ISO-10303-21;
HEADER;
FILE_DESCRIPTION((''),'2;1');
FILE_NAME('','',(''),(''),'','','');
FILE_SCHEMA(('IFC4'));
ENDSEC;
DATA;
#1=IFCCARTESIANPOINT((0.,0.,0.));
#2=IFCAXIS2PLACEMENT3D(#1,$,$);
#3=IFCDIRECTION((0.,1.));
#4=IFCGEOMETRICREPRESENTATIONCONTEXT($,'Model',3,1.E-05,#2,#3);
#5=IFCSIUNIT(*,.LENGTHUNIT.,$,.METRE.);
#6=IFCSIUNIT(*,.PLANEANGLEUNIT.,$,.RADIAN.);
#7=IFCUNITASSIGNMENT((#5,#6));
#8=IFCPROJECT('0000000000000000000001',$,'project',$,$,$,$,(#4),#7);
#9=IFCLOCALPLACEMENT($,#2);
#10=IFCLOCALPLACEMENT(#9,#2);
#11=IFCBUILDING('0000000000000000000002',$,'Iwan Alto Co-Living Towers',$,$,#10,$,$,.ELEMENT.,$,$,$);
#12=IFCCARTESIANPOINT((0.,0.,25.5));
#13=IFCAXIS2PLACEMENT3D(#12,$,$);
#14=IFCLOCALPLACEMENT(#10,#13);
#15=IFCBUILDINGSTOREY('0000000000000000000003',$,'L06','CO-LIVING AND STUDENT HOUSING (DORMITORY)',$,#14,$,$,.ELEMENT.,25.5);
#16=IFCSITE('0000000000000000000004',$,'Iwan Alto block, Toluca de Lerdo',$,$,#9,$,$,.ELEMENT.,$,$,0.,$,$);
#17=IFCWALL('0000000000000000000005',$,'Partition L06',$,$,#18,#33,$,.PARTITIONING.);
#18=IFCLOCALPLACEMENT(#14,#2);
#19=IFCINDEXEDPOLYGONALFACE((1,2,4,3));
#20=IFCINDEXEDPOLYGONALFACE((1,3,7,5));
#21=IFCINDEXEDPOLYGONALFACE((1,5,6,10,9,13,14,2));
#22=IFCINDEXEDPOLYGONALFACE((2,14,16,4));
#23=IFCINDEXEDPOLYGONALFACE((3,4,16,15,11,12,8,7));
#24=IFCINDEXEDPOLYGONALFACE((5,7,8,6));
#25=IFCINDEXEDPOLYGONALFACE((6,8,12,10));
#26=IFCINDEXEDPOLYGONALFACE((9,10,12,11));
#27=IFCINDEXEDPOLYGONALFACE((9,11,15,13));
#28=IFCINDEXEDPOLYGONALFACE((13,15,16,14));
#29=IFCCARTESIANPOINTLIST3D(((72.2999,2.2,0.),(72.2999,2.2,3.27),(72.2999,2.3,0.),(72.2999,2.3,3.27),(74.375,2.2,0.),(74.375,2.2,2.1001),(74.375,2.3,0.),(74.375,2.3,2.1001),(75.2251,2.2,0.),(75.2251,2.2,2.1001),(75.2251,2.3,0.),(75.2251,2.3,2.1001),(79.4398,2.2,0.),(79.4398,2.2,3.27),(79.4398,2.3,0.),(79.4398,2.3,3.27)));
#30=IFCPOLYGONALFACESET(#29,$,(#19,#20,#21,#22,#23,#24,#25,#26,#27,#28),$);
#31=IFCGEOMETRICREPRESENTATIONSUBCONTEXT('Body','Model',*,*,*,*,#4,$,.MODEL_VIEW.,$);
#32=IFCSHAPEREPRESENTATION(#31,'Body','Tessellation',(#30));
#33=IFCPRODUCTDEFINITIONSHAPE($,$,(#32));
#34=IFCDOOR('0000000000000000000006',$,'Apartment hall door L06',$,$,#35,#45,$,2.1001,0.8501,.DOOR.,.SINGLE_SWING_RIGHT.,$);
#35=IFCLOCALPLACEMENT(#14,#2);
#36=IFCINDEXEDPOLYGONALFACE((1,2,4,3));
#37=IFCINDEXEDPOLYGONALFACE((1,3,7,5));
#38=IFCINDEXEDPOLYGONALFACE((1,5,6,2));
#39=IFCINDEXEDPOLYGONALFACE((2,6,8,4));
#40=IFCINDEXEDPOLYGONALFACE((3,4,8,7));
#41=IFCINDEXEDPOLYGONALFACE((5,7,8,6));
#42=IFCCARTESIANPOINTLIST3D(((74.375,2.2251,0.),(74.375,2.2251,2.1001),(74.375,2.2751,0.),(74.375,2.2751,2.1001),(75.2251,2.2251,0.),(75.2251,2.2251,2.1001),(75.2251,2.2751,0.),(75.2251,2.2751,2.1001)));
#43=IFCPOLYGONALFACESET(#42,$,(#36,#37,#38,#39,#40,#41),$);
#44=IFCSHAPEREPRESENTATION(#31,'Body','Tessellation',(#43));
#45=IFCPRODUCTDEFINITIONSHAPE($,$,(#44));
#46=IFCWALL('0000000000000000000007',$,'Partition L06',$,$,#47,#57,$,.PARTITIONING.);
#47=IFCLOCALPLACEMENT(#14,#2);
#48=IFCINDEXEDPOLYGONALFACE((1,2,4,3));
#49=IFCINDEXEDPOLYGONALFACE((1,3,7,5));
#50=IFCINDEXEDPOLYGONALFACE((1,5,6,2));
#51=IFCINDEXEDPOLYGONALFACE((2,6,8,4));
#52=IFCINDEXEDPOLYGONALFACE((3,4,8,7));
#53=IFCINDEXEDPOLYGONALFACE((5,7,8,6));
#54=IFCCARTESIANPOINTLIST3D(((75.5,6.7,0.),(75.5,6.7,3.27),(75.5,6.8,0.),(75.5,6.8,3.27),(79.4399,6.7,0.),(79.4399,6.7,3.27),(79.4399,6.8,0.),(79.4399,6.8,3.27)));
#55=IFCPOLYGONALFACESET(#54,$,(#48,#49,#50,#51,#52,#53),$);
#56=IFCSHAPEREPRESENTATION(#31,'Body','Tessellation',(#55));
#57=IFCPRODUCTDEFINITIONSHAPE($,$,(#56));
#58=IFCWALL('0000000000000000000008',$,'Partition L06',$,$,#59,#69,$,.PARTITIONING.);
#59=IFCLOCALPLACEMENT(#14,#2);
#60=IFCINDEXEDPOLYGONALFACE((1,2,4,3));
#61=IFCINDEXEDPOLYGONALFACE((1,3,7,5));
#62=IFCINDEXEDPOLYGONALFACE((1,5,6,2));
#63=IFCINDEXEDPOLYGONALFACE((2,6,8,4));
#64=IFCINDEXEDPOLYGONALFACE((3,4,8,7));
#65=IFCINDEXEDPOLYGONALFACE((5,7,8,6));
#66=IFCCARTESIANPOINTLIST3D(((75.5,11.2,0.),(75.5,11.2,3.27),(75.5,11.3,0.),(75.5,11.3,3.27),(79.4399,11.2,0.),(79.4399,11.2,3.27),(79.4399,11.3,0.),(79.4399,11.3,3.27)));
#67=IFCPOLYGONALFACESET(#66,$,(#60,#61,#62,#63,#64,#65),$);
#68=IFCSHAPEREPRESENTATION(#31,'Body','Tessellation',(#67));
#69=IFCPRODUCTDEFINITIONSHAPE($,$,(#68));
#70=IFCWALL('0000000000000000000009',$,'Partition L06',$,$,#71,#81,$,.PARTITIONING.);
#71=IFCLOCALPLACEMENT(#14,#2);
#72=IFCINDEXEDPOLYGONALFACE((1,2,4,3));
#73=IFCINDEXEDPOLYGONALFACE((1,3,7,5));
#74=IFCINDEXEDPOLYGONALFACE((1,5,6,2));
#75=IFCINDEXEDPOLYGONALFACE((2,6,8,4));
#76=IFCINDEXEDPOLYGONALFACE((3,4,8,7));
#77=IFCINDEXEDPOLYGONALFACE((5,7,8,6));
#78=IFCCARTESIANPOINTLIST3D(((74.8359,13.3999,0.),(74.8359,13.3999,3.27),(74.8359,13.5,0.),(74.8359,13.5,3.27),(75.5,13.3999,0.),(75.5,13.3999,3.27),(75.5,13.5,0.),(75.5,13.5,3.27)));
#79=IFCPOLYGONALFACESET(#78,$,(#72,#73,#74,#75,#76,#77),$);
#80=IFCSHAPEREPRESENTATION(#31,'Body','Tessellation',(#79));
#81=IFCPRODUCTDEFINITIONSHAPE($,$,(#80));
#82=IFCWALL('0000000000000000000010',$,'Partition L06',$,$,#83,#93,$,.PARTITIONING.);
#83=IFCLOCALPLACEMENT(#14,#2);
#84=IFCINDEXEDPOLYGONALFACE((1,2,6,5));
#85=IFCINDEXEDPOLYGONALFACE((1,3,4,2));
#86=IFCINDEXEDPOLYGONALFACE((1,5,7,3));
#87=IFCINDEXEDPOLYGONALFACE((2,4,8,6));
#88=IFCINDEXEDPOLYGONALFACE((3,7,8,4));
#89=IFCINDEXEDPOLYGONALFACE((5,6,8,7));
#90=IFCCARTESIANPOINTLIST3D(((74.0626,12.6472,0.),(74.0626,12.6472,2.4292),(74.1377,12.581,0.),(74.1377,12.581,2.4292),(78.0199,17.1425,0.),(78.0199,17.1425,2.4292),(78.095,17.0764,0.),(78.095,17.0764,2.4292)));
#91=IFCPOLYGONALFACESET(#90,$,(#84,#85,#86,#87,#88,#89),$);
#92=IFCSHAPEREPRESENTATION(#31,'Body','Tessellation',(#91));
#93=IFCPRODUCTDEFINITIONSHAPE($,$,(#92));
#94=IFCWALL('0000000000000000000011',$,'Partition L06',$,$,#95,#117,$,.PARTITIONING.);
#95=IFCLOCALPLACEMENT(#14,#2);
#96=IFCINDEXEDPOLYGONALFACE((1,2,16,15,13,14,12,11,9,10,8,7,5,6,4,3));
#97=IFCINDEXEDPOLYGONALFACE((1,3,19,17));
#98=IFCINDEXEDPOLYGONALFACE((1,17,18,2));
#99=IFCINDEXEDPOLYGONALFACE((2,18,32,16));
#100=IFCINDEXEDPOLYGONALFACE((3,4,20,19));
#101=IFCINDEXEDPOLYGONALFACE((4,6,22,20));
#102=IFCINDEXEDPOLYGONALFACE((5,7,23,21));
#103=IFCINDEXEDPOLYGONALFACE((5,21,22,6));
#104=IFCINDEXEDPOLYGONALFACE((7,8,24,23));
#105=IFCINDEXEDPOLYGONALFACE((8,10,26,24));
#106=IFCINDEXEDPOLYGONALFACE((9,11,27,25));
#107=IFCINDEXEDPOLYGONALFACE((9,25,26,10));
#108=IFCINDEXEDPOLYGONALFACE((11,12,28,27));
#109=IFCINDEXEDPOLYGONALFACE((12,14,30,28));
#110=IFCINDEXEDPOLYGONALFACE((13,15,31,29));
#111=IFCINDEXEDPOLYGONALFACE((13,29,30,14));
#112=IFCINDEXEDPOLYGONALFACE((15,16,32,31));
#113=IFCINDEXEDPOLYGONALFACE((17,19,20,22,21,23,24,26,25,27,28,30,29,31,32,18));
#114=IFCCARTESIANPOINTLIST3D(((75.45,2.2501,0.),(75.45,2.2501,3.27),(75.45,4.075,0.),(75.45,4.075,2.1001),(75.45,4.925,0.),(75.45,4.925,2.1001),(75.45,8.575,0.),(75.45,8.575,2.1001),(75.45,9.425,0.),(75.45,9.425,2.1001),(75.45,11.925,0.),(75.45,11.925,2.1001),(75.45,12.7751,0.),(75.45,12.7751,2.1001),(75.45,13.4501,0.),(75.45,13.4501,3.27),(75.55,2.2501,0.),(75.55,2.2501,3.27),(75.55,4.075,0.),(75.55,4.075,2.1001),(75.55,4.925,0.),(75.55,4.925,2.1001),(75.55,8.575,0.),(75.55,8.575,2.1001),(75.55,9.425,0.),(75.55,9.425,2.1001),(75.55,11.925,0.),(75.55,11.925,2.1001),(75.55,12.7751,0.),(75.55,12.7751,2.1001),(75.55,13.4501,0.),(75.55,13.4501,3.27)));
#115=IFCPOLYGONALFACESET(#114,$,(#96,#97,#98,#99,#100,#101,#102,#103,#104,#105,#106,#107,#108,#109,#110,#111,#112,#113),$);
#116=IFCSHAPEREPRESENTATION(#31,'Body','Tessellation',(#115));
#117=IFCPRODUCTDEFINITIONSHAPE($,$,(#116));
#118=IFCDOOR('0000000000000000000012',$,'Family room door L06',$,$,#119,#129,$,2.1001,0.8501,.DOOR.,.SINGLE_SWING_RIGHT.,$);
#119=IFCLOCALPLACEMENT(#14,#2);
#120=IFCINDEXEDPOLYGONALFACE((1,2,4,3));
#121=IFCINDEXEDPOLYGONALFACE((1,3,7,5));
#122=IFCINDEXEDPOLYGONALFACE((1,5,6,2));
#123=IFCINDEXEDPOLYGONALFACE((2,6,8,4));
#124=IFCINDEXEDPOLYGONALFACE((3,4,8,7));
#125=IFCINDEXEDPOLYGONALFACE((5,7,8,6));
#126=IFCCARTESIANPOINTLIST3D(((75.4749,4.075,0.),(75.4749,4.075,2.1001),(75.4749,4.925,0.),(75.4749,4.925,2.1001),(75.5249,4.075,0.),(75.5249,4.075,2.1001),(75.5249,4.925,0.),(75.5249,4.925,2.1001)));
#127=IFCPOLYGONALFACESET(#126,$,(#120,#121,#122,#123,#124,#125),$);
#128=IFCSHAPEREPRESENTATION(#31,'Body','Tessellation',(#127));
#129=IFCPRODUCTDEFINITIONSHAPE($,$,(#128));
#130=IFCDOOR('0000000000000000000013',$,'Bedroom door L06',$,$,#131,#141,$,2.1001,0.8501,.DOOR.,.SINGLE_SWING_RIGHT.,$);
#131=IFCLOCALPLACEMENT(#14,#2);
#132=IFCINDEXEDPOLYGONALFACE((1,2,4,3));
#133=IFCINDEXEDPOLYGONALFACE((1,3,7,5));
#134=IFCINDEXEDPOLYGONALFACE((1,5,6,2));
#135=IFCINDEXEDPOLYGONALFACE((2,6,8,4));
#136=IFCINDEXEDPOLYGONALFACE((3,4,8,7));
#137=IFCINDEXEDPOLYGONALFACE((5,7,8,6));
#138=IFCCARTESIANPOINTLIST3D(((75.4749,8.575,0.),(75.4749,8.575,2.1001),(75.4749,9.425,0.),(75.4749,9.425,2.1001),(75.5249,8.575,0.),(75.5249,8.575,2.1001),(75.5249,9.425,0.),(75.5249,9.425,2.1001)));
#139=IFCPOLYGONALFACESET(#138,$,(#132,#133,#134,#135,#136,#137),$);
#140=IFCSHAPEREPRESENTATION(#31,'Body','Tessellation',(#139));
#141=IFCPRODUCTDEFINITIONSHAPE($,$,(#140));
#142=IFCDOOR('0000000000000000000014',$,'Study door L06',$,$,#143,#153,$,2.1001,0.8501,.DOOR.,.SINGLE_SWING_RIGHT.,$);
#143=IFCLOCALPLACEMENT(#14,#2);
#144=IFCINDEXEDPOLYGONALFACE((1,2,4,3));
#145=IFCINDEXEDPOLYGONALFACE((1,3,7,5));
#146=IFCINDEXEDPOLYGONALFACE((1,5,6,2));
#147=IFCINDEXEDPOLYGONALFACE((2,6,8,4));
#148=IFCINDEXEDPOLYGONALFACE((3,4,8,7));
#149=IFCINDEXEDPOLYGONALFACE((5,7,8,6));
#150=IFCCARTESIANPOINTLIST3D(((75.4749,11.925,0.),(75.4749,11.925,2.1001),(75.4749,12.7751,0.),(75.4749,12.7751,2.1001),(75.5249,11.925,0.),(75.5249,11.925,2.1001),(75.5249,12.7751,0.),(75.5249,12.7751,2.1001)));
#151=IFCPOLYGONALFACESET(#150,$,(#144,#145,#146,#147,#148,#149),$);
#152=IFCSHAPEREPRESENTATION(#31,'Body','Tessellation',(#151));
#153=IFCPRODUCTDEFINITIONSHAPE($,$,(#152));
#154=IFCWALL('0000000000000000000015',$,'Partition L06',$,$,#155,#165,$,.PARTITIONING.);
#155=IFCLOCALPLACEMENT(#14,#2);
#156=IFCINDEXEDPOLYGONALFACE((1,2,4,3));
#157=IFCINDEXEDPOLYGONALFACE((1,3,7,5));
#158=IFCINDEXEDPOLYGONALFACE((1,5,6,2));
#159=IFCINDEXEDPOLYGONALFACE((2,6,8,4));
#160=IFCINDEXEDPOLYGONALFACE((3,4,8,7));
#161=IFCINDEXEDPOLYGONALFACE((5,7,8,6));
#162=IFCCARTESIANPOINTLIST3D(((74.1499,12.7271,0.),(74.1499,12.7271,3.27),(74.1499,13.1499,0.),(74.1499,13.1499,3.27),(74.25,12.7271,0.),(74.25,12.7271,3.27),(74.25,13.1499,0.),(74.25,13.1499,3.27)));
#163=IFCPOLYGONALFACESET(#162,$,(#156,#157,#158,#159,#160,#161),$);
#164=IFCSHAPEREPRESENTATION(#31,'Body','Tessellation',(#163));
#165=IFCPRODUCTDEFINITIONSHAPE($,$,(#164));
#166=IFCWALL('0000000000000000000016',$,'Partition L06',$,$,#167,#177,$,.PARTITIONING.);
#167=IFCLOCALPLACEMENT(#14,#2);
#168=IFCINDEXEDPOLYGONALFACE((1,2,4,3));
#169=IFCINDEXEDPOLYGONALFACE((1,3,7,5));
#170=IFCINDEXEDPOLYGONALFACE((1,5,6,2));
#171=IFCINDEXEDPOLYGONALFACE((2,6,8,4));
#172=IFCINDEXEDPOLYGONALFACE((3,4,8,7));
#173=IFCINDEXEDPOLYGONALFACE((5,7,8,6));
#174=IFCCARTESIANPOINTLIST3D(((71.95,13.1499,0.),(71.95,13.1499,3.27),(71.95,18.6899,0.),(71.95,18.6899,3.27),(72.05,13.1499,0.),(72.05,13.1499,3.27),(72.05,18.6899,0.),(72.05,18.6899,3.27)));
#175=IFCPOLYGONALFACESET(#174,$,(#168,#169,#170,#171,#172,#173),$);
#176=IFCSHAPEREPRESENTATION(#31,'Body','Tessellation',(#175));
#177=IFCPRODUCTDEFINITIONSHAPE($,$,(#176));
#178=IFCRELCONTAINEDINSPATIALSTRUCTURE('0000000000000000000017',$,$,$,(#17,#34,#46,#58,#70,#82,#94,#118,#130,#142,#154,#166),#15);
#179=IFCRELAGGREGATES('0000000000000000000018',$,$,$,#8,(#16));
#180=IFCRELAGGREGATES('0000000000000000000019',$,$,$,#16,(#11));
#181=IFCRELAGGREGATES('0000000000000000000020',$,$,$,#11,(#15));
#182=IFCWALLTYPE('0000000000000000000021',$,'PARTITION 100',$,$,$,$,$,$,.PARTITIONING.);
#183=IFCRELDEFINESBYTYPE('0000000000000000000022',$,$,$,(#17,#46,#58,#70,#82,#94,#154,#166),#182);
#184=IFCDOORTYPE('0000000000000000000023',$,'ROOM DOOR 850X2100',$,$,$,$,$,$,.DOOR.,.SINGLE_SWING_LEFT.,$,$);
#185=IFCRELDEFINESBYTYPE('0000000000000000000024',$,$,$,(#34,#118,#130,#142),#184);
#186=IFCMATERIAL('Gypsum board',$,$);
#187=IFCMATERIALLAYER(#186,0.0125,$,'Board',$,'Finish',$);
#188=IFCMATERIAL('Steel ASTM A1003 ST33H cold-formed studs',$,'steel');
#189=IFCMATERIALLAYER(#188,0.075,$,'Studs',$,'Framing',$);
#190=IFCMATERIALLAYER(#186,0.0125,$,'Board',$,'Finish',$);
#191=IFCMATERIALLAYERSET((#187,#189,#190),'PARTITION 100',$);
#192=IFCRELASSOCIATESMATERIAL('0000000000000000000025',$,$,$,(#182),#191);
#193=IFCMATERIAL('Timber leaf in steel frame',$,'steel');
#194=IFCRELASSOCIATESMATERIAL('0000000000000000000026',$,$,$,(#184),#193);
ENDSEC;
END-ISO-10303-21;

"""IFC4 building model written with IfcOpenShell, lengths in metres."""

from ifc_helpers import new_model, si_unit, direction, frame, frame_2d, origin, place, context, subcontext, project, spatial, rectangle, extrude, material, layer, layer_set, type_object, element, fill, save


model = new_model("IFC4")

# Units and contexts
model_context = context("Model", 3, precision=1e-05, world=origin(), true_north=direction((0.0, 1.0)))
body_context = subcontext(model_context, "Body", "Model", "MODEL_VIEW")
ifc_project = project(units=[si_unit("LENGTHUNIT", "METRE"), si_unit("PLANEANGLEUNIT", "RADIAN")], contexts=[model_context])

# Site, building, storey
site_placement = place(None, origin())
site = spatial("IfcSite", under=ifc_project, at=site_placement, Name="Iwan Alto block, Toluca de Lerdo", CompositionType="ELEMENT", RefElevation=0.0)
building_placement = place(site_placement, origin())
building = spatial("IfcBuilding", under=site, at=building_placement, Name="Iwan Alto Co-Living Towers", CompositionType="ELEMENT")
storey_placement = place(building_placement, frame((0.0, 0.0, 25.5)))
storey = spatial("IfcBuildingStorey", under=building, at=storey_placement, Name="L06", Description="CO-LIVING AND STUDENT HOUSING (DORMITORY)", CompositionType="ELEMENT", Elevation=25.5)

# Wall, opening, door
ifc_material_1 = material(Name="Gypsum board")
ifc_layer_1 = layer(ifc_material_1, 0.0125, Name="Board", Category="Finish")
ifc_material_2 = material(Name="Steel ASTM A1003 ST33H cold-formed studs", Category="steel")
ifc_layer_2 = layer(ifc_material_2, 0.075, Name="Studs", Category="Framing")
ifc_layer_3 = layer(ifc_material_1, 0.0125, Name="Board", Category="Finish")
ifc_layer_set_1 = layer_set([ifc_layer_1, ifc_layer_2, ifc_layer_3], Name="PARTITION 100")
wall_type_1 = type_object("IfcWallType", Name="PARTITION 100", PredefinedType="PARTITIONING", material=ifc_layer_set_1)
wall_1_placement = place(storey_placement, frame((72.3, 2.25, 0.0), z_axis=(0.0, 0.0, 1.0), x_axis=(1.0, 0.0, 0.0)))
wall_1 = element("IfcWall", 1, at=wall_1_placement, inside=storey, type_object=wall_type_1, Name="Partition L06", PredefinedType="PARTITIONING", context=body_context, shape_type="SweptSolid", body=[
    extrude(rectangle(XDim=7.1399, YDim=0.1001, at=frame_2d((3.5698, 0.0))), origin(), (0.0, 0.0, 1.0), 3.27),
])
opening_1_placement = place(wall_1_placement, frame((2.075, 0.0, 0.0)))
opening_1 = element("IfcOpeningElement", 2, at=opening_1_placement, cuts=wall_1, PredefinedType="OPENING", context=body_context, shape_type="SweptSolid", body=[
    extrude(rectangle(XDim=0.8501, YDim=2.1001, at=frame_2d((0.425, 1.05))), frame((0.0, 0.0601, 0.0), z_axis=(0.0, -1.0, 0.0), x_axis=(1.0, 0.0, 0.0)), (0.0, 0.0, 1.0), 0.1201),
])
ifc_material_3 = material(Name="Timber leaf in steel frame", Category="steel")
door_type = type_object("IfcDoorType", Name="ROOM DOOR 850X2100", OperationType="SINGLE_SWING_LEFT", PredefinedType="DOOR", material=ifc_material_3)
door_1_placement = place(opening_1_placement, frame((0.8501, 0.0, 0.0), z_axis=(0.0, 0.0, 1.0), x_axis=(-1.0, 0.0, 0.0)))
door_1 = element("IfcDoor", 3, at=door_1_placement, inside=storey, type_object=door_type, Name="Apartment hall door L06", OperationType="SINGLE_SWING_RIGHT", OverallHeight=2.1001, OverallWidth=0.8501, PredefinedType="DOOR", context=body_context, shape_type="SweptSolid", body=[
    extrude(rectangle(XDim=0.8501, YDim=2.1001, at=frame_2d((0.425, 1.05))), frame((0.0, 0.0249, 0.0), z_axis=(0.0, -1.0, 0.0), x_axis=(1.0, 0.0, 0.0)), (0.0, 0.0, 1.0), 0.05),
])
fill(opening_1, door_1)

# Walls
for number, where, z_axis, x_axis, name in (
    (4, (75.5, 6.75, 0.0), (0.0, 0.0, 1.0), (1.0, 0.0, 0.0), "Partition L06"),
    (5, (75.5, 11.25, 0.0), (0.0, 0.0, 1.0), (1.0, 0.0, 0.0), "Partition L06"),
):
    element("IfcWall", number, at=place(storey_placement, frame(where, z_axis=z_axis, x_axis=x_axis)), inside=storey, type_object=wall_type_1, Name=name, PredefinedType="PARTITIONING", context=body_context, shape_type="SweptSolid", body=[
        extrude(rectangle(XDim=3.9399, YDim=0.1001, at=frame_2d((1.97, 0.0))), origin(), (0.0, 0.0, 1.0), 3.27),
    ])
wall_2_placement = place(storey_placement, frame((74.8359, 13.45, 0.0), z_axis=(0.0, 0.0, 1.0), x_axis=(1.0, 0.0, 0.0)))
element("IfcWall", 6, at=wall_2_placement, inside=storey, type_object=wall_type_1, Name="Partition L06", PredefinedType="PARTITIONING", context=body_context, shape_type="SweptSolid", body=[
    extrude(rectangle(XDim=0.6641, YDim=0.1001, at=frame_2d((0.332, 0.0))), origin(), (0.0, 0.0, 1.0), 3.27),
])
wall_3_placement = place(storey_placement, frame((74.1001, 12.614, 0.0), z_axis=(0.0, 0.0, 1.0), x_axis=(0.660756, 0.750601, 0.0)))
element("IfcWall", 7, at=wall_3_placement, inside=storey, type_object=wall_type_1, Name="Partition L06", PredefinedType="PARTITIONING", context=body_context, shape_type="SweptSolid", body=[
    extrude(rectangle(XDim=5.989, YDim=0.1001, at=frame_2d((2.9946, 0.0))), origin(), (0.0, 0.0, 1.0), 2.4292),
])

# Wall, openings, doors
wall_4_placement = place(storey_placement, frame((75.5, 2.25, 0.0), z_axis=(0.0, 0.0, 1.0), x_axis=(0.0, 1.0, 0.0)))
wall_4 = element("IfcWall", 8, at=wall_4_placement, inside=storey, type_object=wall_type_1, Name="Partition L06", PredefinedType="PARTITIONING", context=body_context, shape_type="SweptSolid", body=[
    extrude(rectangle(XDim=11.2, YDim=0.1001, at=frame_2d((5.6001, 0.0))), origin(), (0.0, 0.0, 1.0), 3.27),
])
opening_2_placement = place(wall_4_placement, frame((1.825, 0.0, 0.0)))
opening_2 = element("IfcOpeningElement", 9, at=opening_2_placement, cuts=wall_4, PredefinedType="OPENING", context=body_context, shape_type="SweptSolid", body=[
    extrude(rectangle(XDim=0.8501, YDim=2.1001, at=frame_2d((0.425, 1.05))), frame((0.0, 0.0601, 0.0), z_axis=(0.0, -1.0, 0.0), x_axis=(1.0, 0.0, 0.0)), (0.0, 0.0, 1.0), 0.1201),
])
opening_3_placement = place(wall_4_placement, frame((6.325, 0.0, 0.0)))
opening_3 = element("IfcOpeningElement", 10, at=opening_3_placement, cuts=wall_4, PredefinedType="OPENING", context=body_context, shape_type="SweptSolid", body=[
    extrude(rectangle(XDim=0.8501, YDim=2.1001, at=frame_2d((0.425, 1.05))), frame((0.0, 0.0601, 0.0), z_axis=(0.0, -1.0, 0.0), x_axis=(1.0, 0.0, 0.0)), (0.0, 0.0, 1.0), 0.1201),
])
opening_4_placement = place(wall_4_placement, frame((9.675, 0.0, 0.0)))
opening_4 = element("IfcOpeningElement", 11, at=opening_4_placement, cuts=wall_4, PredefinedType="OPENING", context=body_context, shape_type="SweptSolid", body=[
    extrude(rectangle(XDim=0.8501, YDim=2.1001, at=frame_2d((0.425, 1.05))), frame((0.0, 0.0601, 0.0), z_axis=(0.0, -1.0, 0.0), x_axis=(1.0, 0.0, 0.0)), (0.0, 0.0, 1.0), 0.1201),
])
door_2_placement = place(opening_2_placement, frame((0.8501, 0.0, 0.0), z_axis=(0.0, 0.0, 1.0), x_axis=(-1.0, 0.0, 0.0)))
door_2 = element("IfcDoor", 12, at=door_2_placement, inside=storey, type_object=door_type, Name="Family room door L06", OperationType="SINGLE_SWING_RIGHT", OverallHeight=2.1001, OverallWidth=0.8501, PredefinedType="DOOR", context=body_context, shape_type="SweptSolid", body=[
    extrude(rectangle(XDim=0.8501, YDim=2.1001, at=frame_2d((0.425, 1.05))), frame((0.0, 0.0249, 0.0), z_axis=(0.0, -1.0, 0.0), x_axis=(1.0, 0.0, 0.0)), (0.0, 0.0, 1.0), 0.05),
])
fill(opening_2, door_2)
door_3_placement = place(opening_3_placement, frame((0.8501, 0.0, 0.0), z_axis=(0.0, 0.0, 1.0), x_axis=(-1.0, 0.0, 0.0)))
door_3 = element("IfcDoor", 13, at=door_3_placement, inside=storey, type_object=door_type, Name="Bedroom door L06", OperationType="SINGLE_SWING_RIGHT", OverallHeight=2.1001, OverallWidth=0.8501, PredefinedType="DOOR", context=body_context, shape_type="SweptSolid", body=[
    extrude(rectangle(XDim=0.8501, YDim=2.1001, at=frame_2d((0.425, 1.05))), frame((0.0, 0.0249, 0.0), z_axis=(0.0, -1.0, 0.0), x_axis=(1.0, 0.0, 0.0)), (0.0, 0.0, 1.0), 0.05),
])
fill(opening_3, door_3)
door_4_placement = place(opening_4_placement, frame((0.8501, 0.0, 0.0), z_axis=(0.0, 0.0, 1.0), x_axis=(-1.0, 0.0, 0.0)))
door_4 = element("IfcDoor", 14, at=door_4_placement, inside=storey, type_object=door_type, Name="Study door L06", OperationType="SINGLE_SWING_RIGHT", OverallHeight=2.1001, OverallWidth=0.8501, PredefinedType="DOOR", context=body_context, shape_type="SweptSolid", body=[
    extrude(rectangle(XDim=0.8501, YDim=2.1001, at=frame_2d((0.425, 1.05))), frame((0.0, 0.0249, 0.0), z_axis=(0.0, -1.0, 0.0), x_axis=(1.0, 0.0, 0.0)), (0.0, 0.0, 1.0), 0.05),
])
fill(opening_4, door_4)

# Walls
wall_5_placement = place(storey_placement, frame((74.2, 12.7271, 0.0), z_axis=(0.0, 0.0, 1.0), x_axis=(0.0, 1.0, 0.0)))
element("IfcWall", 15, at=wall_5_placement, inside=storey, type_object=wall_type_1, Name="Partition L06", PredefinedType="PARTITIONING", context=body_context, shape_type="SweptSolid", body=[
    extrude(rectangle(XDim=0.4229, YDim=0.1001, at=frame_2d((0.2114, 0.0))), origin(), (0.0, 0.0, 1.0), 3.27),
])
wall_6_placement = place(storey_placement, frame((72.0, 13.1499, 0.0), z_axis=(0.0, 0.0, 1.0), x_axis=(0.0, 1.0, 0.0)))
element("IfcWall", 16, at=wall_6_placement, inside=storey, type_object=wall_type_1, Name="Partition L06", PredefinedType="PARTITIONING", context=body_context, shape_type="SweptSolid", body=[
    extrude(rectangle(XDim=5.54, YDim=0.1001, at=frame_2d((2.77, 0.0))), origin(), (0.0, 0.0, 1.0), 3.27),
])

save(model, "model.ifc")
